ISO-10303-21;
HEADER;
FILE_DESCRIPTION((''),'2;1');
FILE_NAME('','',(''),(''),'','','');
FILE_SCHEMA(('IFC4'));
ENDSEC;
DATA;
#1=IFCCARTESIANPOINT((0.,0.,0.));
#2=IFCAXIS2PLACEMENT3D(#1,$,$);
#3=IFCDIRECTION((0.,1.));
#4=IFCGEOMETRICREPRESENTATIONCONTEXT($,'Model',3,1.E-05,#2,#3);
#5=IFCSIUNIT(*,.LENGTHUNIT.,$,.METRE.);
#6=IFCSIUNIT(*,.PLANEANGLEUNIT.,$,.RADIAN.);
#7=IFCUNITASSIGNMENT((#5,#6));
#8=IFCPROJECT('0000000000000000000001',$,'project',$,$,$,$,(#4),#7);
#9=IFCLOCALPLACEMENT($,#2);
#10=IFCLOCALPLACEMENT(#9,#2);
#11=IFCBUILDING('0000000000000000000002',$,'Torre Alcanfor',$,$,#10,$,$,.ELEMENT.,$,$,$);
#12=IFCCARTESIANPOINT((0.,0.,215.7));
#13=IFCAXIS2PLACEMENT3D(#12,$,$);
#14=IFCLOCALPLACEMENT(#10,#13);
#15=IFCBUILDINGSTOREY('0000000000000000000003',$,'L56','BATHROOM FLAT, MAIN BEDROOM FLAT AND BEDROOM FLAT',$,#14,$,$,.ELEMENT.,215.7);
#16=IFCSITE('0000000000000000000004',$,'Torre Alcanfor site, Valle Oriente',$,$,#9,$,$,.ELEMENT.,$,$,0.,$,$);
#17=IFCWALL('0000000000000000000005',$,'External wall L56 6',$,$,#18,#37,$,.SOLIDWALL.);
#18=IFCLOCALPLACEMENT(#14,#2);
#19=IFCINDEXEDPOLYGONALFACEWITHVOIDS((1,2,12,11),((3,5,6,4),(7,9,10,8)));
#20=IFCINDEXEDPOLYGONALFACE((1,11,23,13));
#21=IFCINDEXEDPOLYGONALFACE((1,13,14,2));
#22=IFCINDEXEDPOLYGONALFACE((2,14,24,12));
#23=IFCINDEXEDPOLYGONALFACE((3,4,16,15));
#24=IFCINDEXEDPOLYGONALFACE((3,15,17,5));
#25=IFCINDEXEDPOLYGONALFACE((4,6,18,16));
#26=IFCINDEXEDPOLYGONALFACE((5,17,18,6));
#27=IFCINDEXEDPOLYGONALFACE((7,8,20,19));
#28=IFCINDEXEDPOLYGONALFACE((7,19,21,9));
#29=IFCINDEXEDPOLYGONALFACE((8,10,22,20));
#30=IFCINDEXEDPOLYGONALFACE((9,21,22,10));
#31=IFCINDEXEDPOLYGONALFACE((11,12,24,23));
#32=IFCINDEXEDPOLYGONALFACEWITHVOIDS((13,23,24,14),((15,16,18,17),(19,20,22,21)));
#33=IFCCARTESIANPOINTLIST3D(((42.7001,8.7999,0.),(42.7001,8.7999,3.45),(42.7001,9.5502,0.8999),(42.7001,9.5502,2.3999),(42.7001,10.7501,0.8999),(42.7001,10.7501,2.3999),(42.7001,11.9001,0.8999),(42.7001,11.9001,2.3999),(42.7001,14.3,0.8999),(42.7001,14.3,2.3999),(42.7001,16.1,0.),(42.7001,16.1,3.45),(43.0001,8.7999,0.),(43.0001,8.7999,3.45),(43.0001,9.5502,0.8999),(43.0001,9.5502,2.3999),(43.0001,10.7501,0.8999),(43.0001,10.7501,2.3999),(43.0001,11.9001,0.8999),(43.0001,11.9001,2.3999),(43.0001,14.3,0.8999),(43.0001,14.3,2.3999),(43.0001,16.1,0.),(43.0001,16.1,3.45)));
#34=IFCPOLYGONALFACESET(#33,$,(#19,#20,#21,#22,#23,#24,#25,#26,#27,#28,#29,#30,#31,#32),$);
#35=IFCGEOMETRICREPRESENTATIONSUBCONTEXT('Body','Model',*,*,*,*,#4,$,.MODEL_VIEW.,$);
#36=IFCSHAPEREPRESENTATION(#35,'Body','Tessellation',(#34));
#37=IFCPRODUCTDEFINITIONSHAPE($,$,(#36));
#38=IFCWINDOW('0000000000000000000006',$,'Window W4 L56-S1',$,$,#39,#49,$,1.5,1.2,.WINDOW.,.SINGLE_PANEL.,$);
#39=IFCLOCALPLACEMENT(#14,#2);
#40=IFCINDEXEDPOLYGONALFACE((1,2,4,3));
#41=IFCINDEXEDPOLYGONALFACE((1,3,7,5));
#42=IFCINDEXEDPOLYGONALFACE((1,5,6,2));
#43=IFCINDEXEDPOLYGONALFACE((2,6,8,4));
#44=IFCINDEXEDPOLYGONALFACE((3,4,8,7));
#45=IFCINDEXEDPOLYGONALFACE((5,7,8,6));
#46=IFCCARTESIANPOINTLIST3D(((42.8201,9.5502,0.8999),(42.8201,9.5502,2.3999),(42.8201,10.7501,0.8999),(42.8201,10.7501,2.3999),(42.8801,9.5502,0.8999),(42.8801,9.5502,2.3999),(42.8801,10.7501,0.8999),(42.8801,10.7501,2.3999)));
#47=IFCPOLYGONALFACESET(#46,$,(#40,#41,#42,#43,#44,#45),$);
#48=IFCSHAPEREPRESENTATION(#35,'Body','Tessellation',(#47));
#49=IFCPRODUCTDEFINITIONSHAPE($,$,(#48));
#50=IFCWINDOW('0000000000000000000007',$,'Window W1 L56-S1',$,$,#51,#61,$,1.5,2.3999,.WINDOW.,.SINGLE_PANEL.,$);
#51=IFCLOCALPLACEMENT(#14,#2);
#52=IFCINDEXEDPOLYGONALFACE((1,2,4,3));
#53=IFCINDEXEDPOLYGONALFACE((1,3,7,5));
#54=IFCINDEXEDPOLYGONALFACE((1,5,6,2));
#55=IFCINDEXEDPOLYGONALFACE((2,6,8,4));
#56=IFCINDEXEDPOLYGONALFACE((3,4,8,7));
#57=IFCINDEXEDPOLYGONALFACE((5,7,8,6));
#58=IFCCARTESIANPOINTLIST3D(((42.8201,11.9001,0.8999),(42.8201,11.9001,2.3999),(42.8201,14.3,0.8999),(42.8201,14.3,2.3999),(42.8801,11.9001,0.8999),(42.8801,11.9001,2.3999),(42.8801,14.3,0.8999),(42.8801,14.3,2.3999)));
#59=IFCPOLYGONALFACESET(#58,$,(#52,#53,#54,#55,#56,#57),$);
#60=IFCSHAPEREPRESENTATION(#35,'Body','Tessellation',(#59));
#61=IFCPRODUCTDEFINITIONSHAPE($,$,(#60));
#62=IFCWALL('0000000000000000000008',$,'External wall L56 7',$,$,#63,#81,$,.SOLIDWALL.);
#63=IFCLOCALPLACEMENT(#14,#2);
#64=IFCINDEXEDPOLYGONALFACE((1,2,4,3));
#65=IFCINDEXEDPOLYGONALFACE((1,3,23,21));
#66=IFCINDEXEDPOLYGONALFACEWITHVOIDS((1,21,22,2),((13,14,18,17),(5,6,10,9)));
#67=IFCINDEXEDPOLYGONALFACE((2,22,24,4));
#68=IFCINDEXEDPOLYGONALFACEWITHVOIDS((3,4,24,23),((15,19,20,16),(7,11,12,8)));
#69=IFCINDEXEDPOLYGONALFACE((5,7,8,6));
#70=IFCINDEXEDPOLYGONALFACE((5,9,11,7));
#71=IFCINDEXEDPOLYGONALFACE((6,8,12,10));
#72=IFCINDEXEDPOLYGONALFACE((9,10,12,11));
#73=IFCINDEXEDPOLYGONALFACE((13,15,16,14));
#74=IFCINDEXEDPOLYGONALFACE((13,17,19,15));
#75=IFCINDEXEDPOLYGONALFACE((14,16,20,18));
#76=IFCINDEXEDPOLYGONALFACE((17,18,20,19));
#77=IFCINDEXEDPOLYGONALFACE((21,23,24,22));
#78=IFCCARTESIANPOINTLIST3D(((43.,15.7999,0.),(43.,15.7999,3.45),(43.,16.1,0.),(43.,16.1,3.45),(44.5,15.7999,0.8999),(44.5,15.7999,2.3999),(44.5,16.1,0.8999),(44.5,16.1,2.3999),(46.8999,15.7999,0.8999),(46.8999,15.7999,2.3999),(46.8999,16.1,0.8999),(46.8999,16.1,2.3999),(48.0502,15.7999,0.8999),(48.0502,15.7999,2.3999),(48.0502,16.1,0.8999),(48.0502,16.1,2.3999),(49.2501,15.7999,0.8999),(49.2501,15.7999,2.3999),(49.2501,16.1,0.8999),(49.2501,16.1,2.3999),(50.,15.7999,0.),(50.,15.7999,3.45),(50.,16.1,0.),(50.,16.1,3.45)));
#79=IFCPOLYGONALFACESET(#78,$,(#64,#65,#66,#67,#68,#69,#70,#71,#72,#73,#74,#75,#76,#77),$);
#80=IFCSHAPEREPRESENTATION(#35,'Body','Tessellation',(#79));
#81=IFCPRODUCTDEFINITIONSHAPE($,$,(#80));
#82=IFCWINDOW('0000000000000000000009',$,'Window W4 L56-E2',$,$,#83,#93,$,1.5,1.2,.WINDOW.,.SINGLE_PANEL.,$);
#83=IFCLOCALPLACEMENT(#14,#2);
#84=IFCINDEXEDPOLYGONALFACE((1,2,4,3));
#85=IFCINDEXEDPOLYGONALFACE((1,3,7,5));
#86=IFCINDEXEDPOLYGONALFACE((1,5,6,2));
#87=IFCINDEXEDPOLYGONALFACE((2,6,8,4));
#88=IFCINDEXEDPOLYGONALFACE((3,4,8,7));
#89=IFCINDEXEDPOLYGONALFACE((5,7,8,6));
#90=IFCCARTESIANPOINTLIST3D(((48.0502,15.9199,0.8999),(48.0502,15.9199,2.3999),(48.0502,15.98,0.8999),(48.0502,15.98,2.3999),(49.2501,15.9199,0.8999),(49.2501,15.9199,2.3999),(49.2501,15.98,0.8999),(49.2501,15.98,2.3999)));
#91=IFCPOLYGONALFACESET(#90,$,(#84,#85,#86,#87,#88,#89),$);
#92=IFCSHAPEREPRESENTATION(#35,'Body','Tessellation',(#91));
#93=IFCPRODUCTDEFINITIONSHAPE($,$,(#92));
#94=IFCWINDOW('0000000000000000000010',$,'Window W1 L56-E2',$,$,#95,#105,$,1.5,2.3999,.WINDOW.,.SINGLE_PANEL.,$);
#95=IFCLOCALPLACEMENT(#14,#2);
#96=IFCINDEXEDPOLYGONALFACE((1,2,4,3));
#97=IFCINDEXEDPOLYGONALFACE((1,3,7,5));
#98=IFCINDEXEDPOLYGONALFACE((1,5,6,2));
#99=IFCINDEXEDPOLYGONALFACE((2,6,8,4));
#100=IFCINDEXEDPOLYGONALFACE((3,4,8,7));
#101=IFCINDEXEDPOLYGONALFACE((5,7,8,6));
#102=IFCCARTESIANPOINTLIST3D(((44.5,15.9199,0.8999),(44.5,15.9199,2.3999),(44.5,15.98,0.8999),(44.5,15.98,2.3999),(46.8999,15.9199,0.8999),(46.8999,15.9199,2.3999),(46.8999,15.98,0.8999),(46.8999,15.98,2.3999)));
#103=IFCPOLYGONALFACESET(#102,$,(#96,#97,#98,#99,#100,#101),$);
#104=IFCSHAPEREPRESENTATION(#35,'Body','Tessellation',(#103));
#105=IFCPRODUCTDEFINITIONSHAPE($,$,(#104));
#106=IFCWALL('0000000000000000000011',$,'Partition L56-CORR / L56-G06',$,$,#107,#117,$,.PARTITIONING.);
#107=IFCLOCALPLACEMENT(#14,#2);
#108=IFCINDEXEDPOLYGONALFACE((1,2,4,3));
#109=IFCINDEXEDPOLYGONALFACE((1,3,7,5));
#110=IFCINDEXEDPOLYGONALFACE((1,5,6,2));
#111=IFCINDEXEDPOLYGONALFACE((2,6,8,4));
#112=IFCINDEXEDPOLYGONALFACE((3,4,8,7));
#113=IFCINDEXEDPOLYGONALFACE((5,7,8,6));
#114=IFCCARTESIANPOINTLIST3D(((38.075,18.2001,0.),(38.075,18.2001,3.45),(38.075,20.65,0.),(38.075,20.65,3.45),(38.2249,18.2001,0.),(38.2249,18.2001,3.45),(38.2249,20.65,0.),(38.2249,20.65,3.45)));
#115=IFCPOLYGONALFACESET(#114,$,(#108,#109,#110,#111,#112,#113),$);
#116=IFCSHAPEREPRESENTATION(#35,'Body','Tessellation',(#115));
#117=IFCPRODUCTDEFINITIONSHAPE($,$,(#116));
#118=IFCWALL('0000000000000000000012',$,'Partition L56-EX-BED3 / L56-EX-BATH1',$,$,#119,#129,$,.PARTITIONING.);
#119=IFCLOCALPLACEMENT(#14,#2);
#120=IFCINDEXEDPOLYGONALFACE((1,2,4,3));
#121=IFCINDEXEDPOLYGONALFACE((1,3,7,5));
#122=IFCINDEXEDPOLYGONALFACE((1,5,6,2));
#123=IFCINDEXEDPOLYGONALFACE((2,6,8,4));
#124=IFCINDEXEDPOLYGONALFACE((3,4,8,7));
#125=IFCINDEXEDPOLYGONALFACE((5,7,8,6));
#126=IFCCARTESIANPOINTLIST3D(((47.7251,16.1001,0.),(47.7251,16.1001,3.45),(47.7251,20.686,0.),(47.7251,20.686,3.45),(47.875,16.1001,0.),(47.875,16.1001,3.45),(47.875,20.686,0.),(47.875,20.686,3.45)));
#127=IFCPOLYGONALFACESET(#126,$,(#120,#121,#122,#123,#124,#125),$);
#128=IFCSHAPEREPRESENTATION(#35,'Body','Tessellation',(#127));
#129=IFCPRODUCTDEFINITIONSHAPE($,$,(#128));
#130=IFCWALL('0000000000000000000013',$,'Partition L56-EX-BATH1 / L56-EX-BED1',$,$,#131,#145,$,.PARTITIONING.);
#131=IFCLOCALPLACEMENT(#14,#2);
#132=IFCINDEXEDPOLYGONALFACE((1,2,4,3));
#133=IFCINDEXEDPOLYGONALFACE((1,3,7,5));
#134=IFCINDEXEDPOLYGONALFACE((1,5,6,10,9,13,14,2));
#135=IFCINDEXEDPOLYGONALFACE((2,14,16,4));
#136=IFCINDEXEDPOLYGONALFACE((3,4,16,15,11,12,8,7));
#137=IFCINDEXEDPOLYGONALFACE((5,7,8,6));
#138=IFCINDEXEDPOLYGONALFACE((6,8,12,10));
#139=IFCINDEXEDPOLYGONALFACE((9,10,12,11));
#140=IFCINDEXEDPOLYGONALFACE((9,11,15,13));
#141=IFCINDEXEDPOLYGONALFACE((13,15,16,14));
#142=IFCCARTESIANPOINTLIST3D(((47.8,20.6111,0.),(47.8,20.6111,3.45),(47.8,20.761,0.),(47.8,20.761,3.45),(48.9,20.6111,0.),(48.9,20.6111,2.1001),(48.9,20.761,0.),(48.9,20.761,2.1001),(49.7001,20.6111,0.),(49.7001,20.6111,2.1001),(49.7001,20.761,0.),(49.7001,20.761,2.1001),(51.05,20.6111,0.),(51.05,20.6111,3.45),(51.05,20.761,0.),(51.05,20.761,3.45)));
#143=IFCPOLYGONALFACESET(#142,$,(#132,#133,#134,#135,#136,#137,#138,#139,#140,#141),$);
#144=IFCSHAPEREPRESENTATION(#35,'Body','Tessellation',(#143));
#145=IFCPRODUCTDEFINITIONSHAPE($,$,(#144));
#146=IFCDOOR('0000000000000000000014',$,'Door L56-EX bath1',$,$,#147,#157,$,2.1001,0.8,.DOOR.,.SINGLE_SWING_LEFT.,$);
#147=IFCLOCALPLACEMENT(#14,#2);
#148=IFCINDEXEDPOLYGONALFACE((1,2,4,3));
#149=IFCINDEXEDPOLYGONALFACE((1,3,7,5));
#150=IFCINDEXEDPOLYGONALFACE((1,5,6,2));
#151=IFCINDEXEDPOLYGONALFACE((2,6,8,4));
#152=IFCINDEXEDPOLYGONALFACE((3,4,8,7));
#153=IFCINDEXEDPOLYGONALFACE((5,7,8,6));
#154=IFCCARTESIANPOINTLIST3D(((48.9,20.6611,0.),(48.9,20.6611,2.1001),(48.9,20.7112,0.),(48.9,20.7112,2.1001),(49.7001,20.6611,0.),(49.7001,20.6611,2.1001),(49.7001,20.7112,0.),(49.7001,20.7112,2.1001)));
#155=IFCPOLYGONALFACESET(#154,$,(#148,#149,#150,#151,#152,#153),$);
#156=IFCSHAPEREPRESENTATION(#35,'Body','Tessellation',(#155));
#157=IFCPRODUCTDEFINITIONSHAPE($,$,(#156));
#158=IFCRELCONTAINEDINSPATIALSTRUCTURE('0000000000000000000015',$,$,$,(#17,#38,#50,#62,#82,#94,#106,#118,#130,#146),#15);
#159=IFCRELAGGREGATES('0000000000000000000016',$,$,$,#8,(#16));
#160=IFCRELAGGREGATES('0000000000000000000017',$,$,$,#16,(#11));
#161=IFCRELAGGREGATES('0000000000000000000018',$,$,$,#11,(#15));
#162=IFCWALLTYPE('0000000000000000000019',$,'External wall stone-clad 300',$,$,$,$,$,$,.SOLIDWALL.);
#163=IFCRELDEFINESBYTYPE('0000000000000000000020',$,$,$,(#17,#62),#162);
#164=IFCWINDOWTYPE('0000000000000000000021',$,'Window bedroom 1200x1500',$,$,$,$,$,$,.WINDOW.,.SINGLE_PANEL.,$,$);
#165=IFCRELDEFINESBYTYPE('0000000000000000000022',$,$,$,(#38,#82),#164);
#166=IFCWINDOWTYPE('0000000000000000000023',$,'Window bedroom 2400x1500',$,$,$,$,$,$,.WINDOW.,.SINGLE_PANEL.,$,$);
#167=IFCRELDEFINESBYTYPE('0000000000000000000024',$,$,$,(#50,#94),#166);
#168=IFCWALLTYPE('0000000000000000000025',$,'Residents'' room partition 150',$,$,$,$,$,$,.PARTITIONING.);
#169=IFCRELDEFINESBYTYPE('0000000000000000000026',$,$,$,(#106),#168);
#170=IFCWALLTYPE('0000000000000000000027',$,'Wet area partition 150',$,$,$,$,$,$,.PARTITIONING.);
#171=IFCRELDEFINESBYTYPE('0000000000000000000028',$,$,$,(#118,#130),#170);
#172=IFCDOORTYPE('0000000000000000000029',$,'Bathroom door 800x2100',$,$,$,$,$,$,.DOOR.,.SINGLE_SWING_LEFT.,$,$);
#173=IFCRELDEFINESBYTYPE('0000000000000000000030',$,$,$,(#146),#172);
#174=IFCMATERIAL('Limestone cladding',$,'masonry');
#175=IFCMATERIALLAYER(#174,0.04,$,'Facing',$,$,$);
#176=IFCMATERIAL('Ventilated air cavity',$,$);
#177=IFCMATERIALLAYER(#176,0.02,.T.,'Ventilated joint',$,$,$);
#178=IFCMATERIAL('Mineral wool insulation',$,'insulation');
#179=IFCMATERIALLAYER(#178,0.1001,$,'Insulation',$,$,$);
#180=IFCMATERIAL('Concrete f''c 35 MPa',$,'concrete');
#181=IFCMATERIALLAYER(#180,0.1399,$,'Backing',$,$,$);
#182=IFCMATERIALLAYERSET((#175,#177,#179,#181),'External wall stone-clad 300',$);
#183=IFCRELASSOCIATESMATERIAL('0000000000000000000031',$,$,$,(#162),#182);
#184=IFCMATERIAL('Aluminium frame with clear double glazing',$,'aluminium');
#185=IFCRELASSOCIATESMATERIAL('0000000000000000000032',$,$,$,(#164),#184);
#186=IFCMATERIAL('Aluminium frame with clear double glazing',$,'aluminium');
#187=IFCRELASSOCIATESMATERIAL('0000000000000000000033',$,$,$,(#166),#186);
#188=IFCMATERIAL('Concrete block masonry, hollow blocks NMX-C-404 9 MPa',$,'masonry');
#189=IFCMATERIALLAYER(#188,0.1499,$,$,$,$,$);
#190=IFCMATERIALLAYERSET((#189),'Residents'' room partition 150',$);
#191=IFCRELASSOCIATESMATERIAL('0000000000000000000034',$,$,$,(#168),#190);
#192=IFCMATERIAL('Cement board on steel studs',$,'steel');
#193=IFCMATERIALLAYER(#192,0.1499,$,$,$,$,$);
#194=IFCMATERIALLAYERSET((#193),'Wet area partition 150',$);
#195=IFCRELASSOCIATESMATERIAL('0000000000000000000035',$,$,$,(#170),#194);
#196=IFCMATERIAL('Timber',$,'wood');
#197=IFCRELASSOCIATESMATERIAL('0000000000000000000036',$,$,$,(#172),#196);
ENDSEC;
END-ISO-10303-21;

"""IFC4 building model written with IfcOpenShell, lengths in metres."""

from ifc_helpers import new_model, si_unit, direction, frame, frame_2d, origin, place, context, subcontext, project, spatial, rectangle, extrude, material, layer, layer_set, type_object, element, fill, save


model = new_model("IFC4")

# Units and contexts
model_context = context("Model", 3, precision=1e-05, world=origin(), true_north=direction((0.0, 1.0)))
body_context = subcontext(model_context, "Body", "Model", "MODEL_VIEW")
ifc_project = project(units=[si_unit("LENGTHUNIT", "METRE"), si_unit("PLANEANGLEUNIT", "RADIAN")], contexts=[model_context])

# Site, building, storey
site_placement = place(None, origin())
site = spatial("IfcSite", under=ifc_project, at=site_placement, Name="Torre Alcanfor site, Valle Oriente", CompositionType="ELEMENT", RefElevation=0.0)
building_placement = place(site_placement, origin())
building = spatial("IfcBuilding", under=site, at=building_placement, Name="Torre Alcanfor", CompositionType="ELEMENT")
storey_placement = place(building_placement, frame((0.0, 0.0, 215.7)))
storey = spatial("IfcBuildingStorey", under=building, at=storey_placement, Name="L56", Description="BATHROOM FLAT, MAIN BEDROOM FLAT AND BEDROOM FLAT", CompositionType="ELEMENT", Elevation=215.7)

# Walls, openings, windows
ifc_material_1 = material(Name="Limestone cladding", Category="masonry")
ifc_layer_1 = layer(ifc_material_1, 0.04, Name="Facing")
ifc_material_2 = material(Name="Ventilated air cavity")
ifc_layer_2 = layer(ifc_material_2, 0.02, ventilated=True, Name="Ventilated joint")
ifc_material_3 = material(Name="Mineral wool insulation", Category="insulation")
ifc_layer_3 = layer(ifc_material_3, 0.1001, Name="Insulation")
ifc_material_4 = material(Name="Concrete f'c 35 MPa", Category="concrete")
ifc_layer_4 = layer(ifc_material_4, 0.1399, Name="Backing")
ifc_layer_set_1 = layer_set([ifc_layer_1, ifc_layer_2, ifc_layer_3, ifc_layer_4], Name="External wall stone-clad 300")
wall_type_1 = type_object("IfcWallType", Name="External wall stone-clad 300", PredefinedType="SOLIDWALL", material=ifc_layer_set_1)
wall_1_placement = place(storey_placement, frame((42.8501, 8.8, 0.0), z_axis=(0.0, 0.0, 1.0), x_axis=(0.0, 1.0, 0.0)))
wall_1 = element("IfcWall", 1, at=wall_1_placement, inside=storey, type_object=wall_type_1, Name="External wall L56 6", PredefinedType="SOLIDWALL", context=body_context, shape_type="SweptSolid", body=[
    extrude(rectangle(XDim=7.3, YDim=0.3, at=frame_2d((3.6499, 0.0))), origin(), (0.0, 0.0, 1.0), 3.45),
])
opening_1_placement = place(wall_1_placement, frame((3.1001, 0.0, 0.8999)))
opening_1 = element("IfcOpeningElement", 2, at=opening_1_placement, cuts=wall_1, PredefinedType="OPENING", context=body_context, shape_type="SweptSolid", body=[
    extrude(rectangle(XDim=2.3999, YDim=1.5, at=frame_2d((1.2, 0.75))), frame((0.0, 0.1599, 0.0), z_axis=(0.0, -1.0, 0.0), x_axis=(1.0, 0.0, 0.0)), (0.0, 0.0, 1.0), 0.3201),
])
opening_2_placement = place(wall_1_placement, frame((0.75, 0.0, 0.8999)))
opening_2 = element("IfcOpeningElement", 3, at=opening_2_placement, cuts=wall_1, PredefinedType="OPENING", context=body_context, shape_type="SweptSolid", body=[
    extrude(rectangle(XDim=1.2, YDim=1.5, at=frame_2d((0.6001, 0.75))), frame((0.0, 0.1599, 0.0), z_axis=(0.0, -1.0, 0.0), x_axis=(1.0, 0.0, 0.0)), (0.0, 0.0, 1.0), 0.3201),
])
ifc_material_5 = material(Name="Aluminium frame with clear double glazing", Category="aluminium")
window_type_1 = type_object("IfcWindowType", Name="Window bedroom 1200x1500", PartitioningType="SINGLE_PANEL", PredefinedType="WINDOW", material=ifc_material_5)
window_1_placement = place(opening_2_placement, origin())
window_1 = element("IfcWindow", 4, at=window_1_placement, inside=storey, type_object=window_type_1, Name="Window W4 L56-S1", OverallHeight=1.5, OverallWidth=1.2, PartitioningType="SINGLE_PANEL", PredefinedType="WINDOW", context=body_context, shape_type="SweptSolid", body=[
    extrude(rectangle(XDim=1.2, YDim=1.5, at=frame_2d((0.6001, 0.75))), frame((0.0, 0.03, 0.0), z_axis=(0.0, -1.0, 0.0), x_axis=(1.0, 0.0, 0.0)), (0.0, 0.0, 1.0), 0.0601),
])
fill(opening_2, window_1)
ifc_material_6 = material(Name="Aluminium frame with clear double glazing", Category="aluminium")
window_type_2 = type_object("IfcWindowType", Name="Window bedroom 2400x1500", PartitioningType="SINGLE_PANEL", PredefinedType="WINDOW", material=ifc_material_6)
window_2_placement = place(opening_1_placement, origin())
window_2 = element("IfcWindow", 5, at=window_2_placement, inside=storey, type_object=window_type_2, Name="Window W1 L56-S1", OverallHeight=1.5, OverallWidth=2.3999, PartitioningType="SINGLE_PANEL", PredefinedType="WINDOW", context=body_context, shape_type="SweptSolid", body=[
    extrude(rectangle(XDim=2.3999, YDim=1.5, at=frame_2d((1.2, 0.75))), frame((0.0, 0.03, 0.0), z_axis=(0.0, -1.0, 0.0), x_axis=(1.0, 0.0, 0.0)), (0.0, 0.0, 1.0), 0.0601),
])
fill(opening_1, window_2)
wall_2_placement = place(storey_placement, frame((43.0, 15.95, 0.0), z_axis=(0.0, 0.0, 1.0), x_axis=(1.0, 0.0, 0.0)))
wall_2 = element("IfcWall", 6, at=wall_2_placement, inside=storey, type_object=wall_type_1, Name="External wall L56 7", PredefinedType="SOLIDWALL", context=body_context, shape_type="SweptSolid", body=[
    extrude(rectangle(XDim=7.0, YDim=0.3, at=frame_2d((3.5, 0.0))), origin(), (0.0, 0.0, 1.0), 3.45),
])
opening_3_placement = place(wall_2_placement, frame((1.5, 0.0, 0.8999)))
opening_3 = element("IfcOpeningElement", 7, at=opening_3_placement, cuts=wall_2, PredefinedType="OPENING", context=body_context, shape_type="SweptSolid", body=[
    extrude(rectangle(XDim=2.3999, YDim=1.5, at=frame_2d((1.2, 0.75))), frame((0.0, 0.1599, 0.0), z_axis=(0.0, -1.0, 0.0), x_axis=(1.0, 0.0, 0.0)), (0.0, 0.0, 1.0), 0.3201),
])
opening_4_placement = place(wall_2_placement, frame((5.05, 0.0, 0.8999)))
opening_4 = element("IfcOpeningElement", 8, at=opening_4_placement, cuts=wall_2, PredefinedType="OPENING", context=body_context, shape_type="SweptSolid", body=[
    extrude(rectangle(XDim=1.2, YDim=1.5, at=frame_2d((0.6001, 0.75))), frame((0.0, 0.1599, 0.0), z_axis=(0.0, -1.0, 0.0), x_axis=(1.0, 0.0, 0.0)), (0.0, 0.0, 1.0), 0.3201),
])
window_3_placement = place(opening_4_placement, origin())
window_3 = element("IfcWindow", 9, at=window_3_placement, inside=storey, type_object=window_type_1, Name="Window W4 L56-E2", OverallHeight=1.5, OverallWidth=1.2, PartitioningType="SINGLE_PANEL", PredefinedType="WINDOW", context=body_context, shape_type="SweptSolid", body=[
    extrude(rectangle(XDim=1.2, YDim=1.5, at=frame_2d((0.6001, 0.75))), frame((0.0, 0.03, 0.0), z_axis=(0.0, -1.0, 0.0), x_axis=(1.0, 0.0, 0.0)), (0.0, 0.0, 1.0), 0.0601),
])
fill(opening_4, window_3)
window_4_placement = place(opening_3_placement, origin())
window_4 = element("IfcWindow", 10, at=window_4_placement, inside=storey, type_object=window_type_2, Name="Window W1 L56-E2", OverallHeight=1.5, OverallWidth=2.3999, PartitioningType="SINGLE_PANEL", PredefinedType="WINDOW", context=body_context, shape_type="SweptSolid", body=[
    extrude(rectangle(XDim=2.3999, YDim=1.5, at=frame_2d((1.2, 0.75))), frame((0.0, 0.03, 0.0), z_axis=(0.0, -1.0, 0.0), x_axis=(1.0, 0.0, 0.0)), (0.0, 0.0, 1.0), 0.0601),
])
fill(opening_3, window_4)

# Walls
ifc_material_7 = material(Name="Concrete block masonry, hollow blocks NMX-C-404 9 MPa", Category="masonry")
ifc_layer_5 = layer(ifc_material_7, 0.1499)
ifc_layer_set_2 = layer_set([ifc_layer_5], Name="Residents' room partition 150")
wall_type_2 = type_object("IfcWallType", Name="Residents' room partition 150", PredefinedType="PARTITIONING", material=ifc_layer_set_2)
wall_3_placement = place(storey_placement, frame((38.1499, 18.2, 0.0), z_axis=(0.0, 0.0, 1.0), x_axis=(0.0, 1.0, 0.0)))
element("IfcWall", 11, at=wall_3_placement, inside=storey, type_object=wall_type_2, Name="Partition L56-CORR / L56-G06", PredefinedType="PARTITIONING", context=body_context, shape_type="SweptSolid", body=[
    extrude(rectangle(XDim=2.45, YDim=0.1499, at=frame_2d((1.2251, 0.0))), origin(), (0.0, 0.0, 1.0), 3.45),
])
ifc_material_8 = material(Name="Cement board on steel studs", Category="steel")
ifc_layer_6 = layer(ifc_material_8, 0.1499)
ifc_layer_set_3 = layer_set([ifc_layer_6], Name="Wet area partition 150")
wall_type_3 = type_object("IfcWallType", Name="Wet area partition 150", PredefinedType="PARTITIONING", material=ifc_layer_set_3)
wall_4_placement = place(storey_placement, frame((47.8, 16.1001, 0.0), z_axis=(0.0, 0.0, 1.0), x_axis=(0.0, 1.0, 0.0)))
element("IfcWall", 12, at=wall_4_placement, inside=storey, type_object=wall_type_3, Name="Partition L56-EX-BED3 / L56-EX-BATH1", PredefinedType="PARTITIONING", context=body_context, shape_type="SweptSolid", body=[
    extrude(rectangle(XDim=4.5859, YDim=0.1499, at=frame_2d((2.293, 0.0))), origin(), (0.0, 0.0, 1.0), 3.45),
])

# Wall, opening, door
wall_5_placement = place(storey_placement, frame((51.05, 20.686, 0.0), z_axis=(0.0, 0.0, 1.0), x_axis=(-1.0, 0.0, 0.0)))
wall_5 = element("IfcWall", 13, at=wall_5_placement, inside=storey, type_object=wall_type_3, Name="Partition L56-EX-BATH1 / L56-EX-BED1", PredefinedType="PARTITIONING", context=body_context, shape_type="SweptSolid", body=[
    extrude(rectangle(XDim=3.25, YDim=0.1499, at=frame_2d((1.625, 0.0))), origin(), (0.0, 0.0, 1.0), 3.45),
])
opening_5_placement = place(wall_5_placement, frame((1.3501, 0.0, 0.0)))
opening_5 = element("IfcOpeningElement", 14, at=opening_5_placement, cuts=wall_5, PredefinedType="OPENING", context=body_context, shape_type="SweptSolid", body=[
    extrude(rectangle(XDim=0.8, YDim=2.1001, at=frame_2d((0.3999, 1.05))), frame((0.0, 0.085, 0.0), z_axis=(0.0, -1.0, 0.0), x_axis=(1.0, 0.0, 0.0)), (0.0, 0.0, 1.0), 0.1699),
])
ifc_material_9 = material(Name="Timber", Category="wood")
door_type = type_object("IfcDoorType", Name="Bathroom door 800x2100", OperationType="SINGLE_SWING_LEFT", PredefinedType="DOOR", material=ifc_material_9)
door_placement = place(opening_5_placement, frame((0.8, 0.0, 0.0), z_axis=(0.0, 0.0, 1.0), x_axis=(-1.0, 0.0, 0.0)))
door = element("IfcDoor", 15, at=door_placement, inside=storey, type_object=door_type, Name="Door L56-EX bath1", OperationType="SINGLE_SWING_LEFT", OverallHeight=2.1001, OverallWidth=0.8, PredefinedType="DOOR", context=body_context, shape_type="SweptSolid", body=[
    extrude(rectangle(XDim=0.8, YDim=2.1001, at=frame_2d((0.4001, 1.05))), frame((0.0, 0.0251, 0.0), z_axis=(0.0, -1.0, 0.0), x_axis=(1.0, 0.0, 0.0)), (0.0, 0.0, 1.0), 0.05),
])
fill(opening_5, door)

save(model, "model.ifc")
